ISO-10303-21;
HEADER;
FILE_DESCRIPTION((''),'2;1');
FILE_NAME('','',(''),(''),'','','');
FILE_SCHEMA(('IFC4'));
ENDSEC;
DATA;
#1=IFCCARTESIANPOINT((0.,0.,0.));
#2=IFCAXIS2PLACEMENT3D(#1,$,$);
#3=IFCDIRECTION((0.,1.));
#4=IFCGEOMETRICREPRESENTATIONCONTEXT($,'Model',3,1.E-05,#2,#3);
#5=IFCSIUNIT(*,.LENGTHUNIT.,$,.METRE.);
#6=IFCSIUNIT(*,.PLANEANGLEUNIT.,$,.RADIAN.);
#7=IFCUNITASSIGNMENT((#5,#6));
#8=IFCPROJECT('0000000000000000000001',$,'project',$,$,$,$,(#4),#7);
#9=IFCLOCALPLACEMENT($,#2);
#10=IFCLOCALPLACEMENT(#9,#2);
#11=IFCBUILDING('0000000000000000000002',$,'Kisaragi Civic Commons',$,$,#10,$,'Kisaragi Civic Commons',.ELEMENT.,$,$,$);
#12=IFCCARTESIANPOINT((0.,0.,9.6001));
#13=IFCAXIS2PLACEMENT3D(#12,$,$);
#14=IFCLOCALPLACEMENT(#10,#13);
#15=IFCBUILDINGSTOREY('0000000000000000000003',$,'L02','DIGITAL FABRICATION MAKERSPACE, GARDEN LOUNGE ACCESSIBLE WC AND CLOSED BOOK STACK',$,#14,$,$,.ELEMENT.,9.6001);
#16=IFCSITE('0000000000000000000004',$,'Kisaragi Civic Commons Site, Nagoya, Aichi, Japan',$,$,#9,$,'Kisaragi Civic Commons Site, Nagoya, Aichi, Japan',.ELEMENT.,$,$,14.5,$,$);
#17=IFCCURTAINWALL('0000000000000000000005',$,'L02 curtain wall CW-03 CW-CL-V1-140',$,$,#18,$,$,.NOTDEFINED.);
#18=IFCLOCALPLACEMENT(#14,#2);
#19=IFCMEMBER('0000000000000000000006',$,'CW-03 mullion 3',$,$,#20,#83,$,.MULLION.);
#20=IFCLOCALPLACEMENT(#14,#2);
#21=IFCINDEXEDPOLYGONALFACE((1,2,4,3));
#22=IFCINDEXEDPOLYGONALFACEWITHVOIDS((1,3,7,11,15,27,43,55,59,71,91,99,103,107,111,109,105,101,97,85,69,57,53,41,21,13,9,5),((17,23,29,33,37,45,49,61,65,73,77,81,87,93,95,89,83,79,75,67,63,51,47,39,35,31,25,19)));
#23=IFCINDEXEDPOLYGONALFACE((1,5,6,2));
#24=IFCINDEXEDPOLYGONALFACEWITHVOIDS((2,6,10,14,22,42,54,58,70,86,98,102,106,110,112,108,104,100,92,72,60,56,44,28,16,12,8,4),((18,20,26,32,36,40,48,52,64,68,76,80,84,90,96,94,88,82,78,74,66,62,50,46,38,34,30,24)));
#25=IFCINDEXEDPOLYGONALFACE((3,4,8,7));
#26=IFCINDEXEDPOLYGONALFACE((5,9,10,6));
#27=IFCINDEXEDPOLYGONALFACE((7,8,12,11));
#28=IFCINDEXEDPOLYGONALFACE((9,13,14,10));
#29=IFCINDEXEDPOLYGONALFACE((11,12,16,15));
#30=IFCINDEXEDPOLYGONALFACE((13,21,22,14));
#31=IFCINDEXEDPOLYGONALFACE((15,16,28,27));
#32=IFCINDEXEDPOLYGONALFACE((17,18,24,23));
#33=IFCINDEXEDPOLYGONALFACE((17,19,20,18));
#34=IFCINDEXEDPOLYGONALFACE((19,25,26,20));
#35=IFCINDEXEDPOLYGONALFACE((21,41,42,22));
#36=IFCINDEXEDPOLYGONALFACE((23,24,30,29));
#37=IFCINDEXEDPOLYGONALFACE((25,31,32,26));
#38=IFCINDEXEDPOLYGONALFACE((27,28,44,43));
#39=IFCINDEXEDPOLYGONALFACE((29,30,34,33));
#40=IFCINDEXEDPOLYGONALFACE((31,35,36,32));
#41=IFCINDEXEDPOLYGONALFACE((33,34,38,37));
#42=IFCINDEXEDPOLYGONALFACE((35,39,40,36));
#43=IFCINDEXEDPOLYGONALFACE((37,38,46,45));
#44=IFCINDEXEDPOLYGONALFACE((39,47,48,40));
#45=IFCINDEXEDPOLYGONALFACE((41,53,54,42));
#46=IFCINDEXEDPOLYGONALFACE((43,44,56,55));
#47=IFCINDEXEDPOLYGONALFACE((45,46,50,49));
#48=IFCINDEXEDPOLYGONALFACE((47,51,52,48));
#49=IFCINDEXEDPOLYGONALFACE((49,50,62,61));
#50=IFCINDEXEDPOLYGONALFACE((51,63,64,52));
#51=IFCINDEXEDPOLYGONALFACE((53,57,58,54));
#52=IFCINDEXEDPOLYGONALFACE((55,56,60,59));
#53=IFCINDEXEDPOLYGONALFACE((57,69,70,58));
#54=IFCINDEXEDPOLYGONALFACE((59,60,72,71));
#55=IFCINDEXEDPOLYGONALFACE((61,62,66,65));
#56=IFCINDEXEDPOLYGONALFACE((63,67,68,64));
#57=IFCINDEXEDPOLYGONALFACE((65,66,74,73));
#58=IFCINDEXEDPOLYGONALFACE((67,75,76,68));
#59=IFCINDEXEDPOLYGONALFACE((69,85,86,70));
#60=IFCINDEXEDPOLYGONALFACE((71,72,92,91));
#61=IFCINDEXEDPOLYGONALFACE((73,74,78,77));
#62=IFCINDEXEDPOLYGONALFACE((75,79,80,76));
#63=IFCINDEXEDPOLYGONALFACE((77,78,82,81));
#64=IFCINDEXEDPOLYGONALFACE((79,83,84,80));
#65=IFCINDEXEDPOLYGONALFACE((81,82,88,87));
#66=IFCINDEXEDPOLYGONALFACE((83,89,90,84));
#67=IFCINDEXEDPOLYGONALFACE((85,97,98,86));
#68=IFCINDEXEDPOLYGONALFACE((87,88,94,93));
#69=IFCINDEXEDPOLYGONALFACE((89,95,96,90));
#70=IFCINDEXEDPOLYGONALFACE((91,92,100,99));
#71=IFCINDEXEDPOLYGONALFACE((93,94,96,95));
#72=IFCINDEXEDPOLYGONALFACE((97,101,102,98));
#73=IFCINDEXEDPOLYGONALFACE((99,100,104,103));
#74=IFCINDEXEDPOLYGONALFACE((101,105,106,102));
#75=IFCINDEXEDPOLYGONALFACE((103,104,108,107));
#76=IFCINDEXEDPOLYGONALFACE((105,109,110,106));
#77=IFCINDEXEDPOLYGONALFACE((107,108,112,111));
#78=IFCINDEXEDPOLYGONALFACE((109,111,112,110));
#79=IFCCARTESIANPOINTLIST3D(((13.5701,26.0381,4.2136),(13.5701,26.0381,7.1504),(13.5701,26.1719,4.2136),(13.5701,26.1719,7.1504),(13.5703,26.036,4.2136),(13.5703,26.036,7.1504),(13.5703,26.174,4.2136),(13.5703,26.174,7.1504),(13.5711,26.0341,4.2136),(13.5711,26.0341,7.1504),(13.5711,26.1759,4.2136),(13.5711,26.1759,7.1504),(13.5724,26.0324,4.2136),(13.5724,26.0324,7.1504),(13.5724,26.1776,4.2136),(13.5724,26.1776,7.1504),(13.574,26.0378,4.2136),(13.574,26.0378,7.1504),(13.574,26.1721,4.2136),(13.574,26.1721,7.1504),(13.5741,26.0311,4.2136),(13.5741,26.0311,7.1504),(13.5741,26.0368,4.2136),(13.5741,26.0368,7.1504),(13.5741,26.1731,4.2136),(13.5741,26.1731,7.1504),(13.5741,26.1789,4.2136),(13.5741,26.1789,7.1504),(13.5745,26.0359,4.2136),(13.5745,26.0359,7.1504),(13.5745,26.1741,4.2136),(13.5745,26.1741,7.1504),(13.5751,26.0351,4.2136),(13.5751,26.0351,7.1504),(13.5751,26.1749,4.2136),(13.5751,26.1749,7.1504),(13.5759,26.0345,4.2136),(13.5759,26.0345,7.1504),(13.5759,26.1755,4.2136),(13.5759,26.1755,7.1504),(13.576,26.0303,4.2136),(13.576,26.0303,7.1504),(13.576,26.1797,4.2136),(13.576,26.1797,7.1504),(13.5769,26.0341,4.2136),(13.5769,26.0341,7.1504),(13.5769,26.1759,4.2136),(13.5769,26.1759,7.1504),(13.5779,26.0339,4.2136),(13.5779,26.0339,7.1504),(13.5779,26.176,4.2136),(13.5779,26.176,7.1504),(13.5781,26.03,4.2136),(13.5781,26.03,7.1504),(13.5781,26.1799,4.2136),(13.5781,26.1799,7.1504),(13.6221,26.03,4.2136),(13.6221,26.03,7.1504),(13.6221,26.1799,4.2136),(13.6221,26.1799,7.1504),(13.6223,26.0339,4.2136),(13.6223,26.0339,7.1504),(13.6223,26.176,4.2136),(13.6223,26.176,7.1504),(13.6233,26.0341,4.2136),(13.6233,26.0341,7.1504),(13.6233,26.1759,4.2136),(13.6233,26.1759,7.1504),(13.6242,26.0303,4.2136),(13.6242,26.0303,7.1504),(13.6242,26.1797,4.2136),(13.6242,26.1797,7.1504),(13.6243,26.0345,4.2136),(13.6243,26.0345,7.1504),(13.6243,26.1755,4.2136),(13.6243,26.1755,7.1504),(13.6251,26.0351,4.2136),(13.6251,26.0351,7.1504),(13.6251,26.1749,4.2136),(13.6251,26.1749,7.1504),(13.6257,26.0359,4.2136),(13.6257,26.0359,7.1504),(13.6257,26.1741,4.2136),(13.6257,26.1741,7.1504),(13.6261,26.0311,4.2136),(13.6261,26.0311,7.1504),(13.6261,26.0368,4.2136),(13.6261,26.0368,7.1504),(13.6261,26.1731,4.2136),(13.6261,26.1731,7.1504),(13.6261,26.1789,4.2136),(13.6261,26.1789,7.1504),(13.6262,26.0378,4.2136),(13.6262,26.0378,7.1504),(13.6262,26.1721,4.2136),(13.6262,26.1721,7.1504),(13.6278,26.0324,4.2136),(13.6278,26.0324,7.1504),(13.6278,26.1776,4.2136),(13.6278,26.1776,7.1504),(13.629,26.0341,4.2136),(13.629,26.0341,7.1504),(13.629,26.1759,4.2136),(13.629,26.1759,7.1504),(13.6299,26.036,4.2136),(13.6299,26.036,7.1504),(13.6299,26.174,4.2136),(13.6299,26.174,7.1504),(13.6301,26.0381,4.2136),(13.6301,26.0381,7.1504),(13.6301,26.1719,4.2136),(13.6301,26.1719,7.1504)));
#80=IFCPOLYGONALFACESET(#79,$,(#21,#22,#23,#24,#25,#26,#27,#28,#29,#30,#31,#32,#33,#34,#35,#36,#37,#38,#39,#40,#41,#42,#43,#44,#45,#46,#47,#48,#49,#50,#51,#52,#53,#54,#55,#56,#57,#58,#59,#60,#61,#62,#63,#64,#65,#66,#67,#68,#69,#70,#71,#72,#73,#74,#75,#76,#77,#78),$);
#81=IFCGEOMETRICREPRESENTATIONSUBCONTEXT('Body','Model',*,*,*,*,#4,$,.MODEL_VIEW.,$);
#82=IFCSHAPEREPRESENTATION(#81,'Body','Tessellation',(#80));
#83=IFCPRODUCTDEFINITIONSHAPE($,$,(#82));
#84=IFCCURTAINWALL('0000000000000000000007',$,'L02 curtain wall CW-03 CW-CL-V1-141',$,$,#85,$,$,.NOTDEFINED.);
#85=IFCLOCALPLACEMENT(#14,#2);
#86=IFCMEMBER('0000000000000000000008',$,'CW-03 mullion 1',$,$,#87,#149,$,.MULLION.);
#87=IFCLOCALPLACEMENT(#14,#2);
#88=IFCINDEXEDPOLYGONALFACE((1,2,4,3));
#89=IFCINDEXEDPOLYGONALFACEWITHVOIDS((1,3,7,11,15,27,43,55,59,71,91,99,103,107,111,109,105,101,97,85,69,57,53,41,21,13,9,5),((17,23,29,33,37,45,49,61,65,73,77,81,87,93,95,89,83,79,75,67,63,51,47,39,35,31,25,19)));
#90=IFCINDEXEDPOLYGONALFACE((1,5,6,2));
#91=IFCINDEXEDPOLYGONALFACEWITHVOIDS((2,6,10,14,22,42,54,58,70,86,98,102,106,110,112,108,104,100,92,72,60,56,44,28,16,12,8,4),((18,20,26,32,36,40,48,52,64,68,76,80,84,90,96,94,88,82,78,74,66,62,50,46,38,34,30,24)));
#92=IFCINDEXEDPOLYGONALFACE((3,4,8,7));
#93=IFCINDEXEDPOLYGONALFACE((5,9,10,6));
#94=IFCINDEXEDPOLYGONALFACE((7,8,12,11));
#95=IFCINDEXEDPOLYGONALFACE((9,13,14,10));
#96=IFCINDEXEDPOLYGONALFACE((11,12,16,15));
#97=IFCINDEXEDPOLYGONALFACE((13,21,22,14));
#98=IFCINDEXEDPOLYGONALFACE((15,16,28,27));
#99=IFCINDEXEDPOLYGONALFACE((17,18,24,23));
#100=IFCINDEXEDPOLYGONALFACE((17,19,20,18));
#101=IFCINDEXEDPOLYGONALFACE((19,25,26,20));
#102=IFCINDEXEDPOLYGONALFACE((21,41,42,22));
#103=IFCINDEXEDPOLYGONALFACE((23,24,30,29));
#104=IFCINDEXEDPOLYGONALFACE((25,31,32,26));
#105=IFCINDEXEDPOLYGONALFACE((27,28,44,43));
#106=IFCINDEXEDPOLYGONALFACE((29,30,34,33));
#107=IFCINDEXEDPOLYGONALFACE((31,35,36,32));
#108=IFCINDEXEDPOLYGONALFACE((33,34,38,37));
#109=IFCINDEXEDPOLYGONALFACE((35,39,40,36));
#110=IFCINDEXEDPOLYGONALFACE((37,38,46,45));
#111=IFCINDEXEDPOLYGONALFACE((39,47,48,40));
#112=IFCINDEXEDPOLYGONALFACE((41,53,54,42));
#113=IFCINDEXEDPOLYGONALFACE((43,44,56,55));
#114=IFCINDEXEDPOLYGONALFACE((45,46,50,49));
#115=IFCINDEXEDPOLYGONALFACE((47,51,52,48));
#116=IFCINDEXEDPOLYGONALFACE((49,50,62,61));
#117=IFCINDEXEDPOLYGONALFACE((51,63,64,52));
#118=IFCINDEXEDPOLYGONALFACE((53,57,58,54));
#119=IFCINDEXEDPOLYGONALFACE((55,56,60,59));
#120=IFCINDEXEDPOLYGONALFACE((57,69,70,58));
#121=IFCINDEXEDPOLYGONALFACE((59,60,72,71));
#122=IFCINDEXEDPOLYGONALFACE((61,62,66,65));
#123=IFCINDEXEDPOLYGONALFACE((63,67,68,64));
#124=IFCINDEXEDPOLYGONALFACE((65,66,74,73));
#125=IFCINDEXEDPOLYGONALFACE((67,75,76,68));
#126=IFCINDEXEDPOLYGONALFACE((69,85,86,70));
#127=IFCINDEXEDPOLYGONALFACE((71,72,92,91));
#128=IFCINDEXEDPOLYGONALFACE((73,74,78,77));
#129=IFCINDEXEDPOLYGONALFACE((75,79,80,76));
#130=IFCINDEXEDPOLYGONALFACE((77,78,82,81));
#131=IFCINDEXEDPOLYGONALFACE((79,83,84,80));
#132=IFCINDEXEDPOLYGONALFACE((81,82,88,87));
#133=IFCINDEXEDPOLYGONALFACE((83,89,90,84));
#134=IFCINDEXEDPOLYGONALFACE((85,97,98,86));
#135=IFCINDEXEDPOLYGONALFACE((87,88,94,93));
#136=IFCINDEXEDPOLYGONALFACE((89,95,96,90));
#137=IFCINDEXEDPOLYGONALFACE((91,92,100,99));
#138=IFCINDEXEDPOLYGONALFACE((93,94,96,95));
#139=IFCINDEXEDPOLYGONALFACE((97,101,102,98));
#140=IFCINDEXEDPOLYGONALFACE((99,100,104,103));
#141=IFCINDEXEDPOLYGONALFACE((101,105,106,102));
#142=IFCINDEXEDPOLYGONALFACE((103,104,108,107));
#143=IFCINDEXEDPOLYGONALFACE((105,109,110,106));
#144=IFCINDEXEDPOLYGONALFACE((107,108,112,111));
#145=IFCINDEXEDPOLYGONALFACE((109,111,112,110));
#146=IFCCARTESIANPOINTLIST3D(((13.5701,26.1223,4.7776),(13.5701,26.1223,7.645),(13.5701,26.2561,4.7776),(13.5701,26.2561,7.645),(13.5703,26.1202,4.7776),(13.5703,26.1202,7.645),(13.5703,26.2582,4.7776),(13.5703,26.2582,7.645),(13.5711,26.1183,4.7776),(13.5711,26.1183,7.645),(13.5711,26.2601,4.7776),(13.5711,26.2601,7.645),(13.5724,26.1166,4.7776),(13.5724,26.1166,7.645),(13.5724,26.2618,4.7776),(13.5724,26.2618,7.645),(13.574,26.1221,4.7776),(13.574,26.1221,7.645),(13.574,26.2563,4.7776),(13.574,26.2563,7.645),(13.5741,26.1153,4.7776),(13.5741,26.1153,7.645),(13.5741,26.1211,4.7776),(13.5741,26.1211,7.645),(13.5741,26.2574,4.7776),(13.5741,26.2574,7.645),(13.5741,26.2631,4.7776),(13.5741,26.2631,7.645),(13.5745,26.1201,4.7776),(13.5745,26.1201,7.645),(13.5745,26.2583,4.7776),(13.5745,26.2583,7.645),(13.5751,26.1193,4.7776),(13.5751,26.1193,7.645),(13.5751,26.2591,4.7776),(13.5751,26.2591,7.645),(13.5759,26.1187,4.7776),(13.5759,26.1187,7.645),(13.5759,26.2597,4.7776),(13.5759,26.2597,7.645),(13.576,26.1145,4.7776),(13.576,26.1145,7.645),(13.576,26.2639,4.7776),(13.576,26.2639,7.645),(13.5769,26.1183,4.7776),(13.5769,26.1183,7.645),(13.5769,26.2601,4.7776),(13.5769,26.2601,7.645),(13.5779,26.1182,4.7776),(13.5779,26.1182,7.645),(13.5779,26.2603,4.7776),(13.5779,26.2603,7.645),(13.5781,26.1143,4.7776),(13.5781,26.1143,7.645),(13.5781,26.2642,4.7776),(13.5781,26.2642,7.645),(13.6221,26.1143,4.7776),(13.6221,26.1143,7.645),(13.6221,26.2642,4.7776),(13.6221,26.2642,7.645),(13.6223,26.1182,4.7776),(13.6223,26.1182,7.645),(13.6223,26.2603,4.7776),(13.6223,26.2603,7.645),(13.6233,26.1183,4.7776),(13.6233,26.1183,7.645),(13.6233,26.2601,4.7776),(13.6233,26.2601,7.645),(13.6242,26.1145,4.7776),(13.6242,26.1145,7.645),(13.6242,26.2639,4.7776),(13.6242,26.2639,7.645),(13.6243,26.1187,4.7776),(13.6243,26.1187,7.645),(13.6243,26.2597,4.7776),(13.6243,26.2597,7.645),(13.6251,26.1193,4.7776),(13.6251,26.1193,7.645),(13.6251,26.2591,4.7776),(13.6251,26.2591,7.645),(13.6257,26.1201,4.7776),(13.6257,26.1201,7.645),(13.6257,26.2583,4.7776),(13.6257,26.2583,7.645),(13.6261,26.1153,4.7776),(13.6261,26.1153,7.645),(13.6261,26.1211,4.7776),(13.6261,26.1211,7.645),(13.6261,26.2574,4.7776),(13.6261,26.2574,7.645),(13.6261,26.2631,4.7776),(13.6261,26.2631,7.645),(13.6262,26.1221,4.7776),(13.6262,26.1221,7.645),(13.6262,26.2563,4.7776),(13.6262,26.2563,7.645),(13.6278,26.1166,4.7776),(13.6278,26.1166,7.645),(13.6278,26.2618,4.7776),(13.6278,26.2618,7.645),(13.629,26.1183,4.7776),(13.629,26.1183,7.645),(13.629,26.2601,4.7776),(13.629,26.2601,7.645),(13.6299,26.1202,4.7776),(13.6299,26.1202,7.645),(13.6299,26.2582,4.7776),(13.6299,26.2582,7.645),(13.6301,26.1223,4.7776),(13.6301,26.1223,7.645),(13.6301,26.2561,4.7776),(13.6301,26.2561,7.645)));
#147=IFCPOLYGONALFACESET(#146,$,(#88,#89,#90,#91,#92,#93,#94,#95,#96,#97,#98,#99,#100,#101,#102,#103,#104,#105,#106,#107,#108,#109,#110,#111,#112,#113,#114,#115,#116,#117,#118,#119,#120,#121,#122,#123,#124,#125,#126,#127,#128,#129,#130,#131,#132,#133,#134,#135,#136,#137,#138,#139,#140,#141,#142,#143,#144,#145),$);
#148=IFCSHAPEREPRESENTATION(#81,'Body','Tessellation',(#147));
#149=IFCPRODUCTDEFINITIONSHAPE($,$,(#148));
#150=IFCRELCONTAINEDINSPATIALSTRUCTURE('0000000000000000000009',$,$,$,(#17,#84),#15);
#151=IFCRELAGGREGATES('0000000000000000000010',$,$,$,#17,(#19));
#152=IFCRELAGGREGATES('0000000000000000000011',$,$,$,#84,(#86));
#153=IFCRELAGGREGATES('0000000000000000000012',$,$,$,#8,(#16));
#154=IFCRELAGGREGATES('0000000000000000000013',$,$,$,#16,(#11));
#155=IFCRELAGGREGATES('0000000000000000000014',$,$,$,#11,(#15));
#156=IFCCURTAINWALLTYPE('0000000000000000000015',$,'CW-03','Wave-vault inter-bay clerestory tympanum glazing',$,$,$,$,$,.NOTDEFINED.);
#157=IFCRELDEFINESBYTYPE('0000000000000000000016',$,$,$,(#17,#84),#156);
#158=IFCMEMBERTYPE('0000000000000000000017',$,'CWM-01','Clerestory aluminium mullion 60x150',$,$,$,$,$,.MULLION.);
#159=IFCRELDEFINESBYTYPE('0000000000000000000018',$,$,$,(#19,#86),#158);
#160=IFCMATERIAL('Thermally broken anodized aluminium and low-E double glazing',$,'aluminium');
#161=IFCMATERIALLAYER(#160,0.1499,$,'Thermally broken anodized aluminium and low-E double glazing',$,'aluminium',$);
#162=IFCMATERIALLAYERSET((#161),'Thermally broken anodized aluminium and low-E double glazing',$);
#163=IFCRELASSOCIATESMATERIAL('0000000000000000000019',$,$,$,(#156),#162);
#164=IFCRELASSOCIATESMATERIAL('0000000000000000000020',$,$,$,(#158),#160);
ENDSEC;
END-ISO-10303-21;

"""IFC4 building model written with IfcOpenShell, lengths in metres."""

from ifc_helpers import new_model, si_unit, direction, frame, origin, origin_2d, place, context, subcontext, project, spatial, hollow_rectangle, extrude, material, layer, layer_set, material_profile, profile_set, type_object, element, aggregate, save


model = new_model("IFC4")

# Units and contexts
model_context = context("Model", 3, precision=1e-05, world=origin(), true_north=direction((0.0, 1.0)))
body_context = subcontext(model_context, "Body", "Model", "MODEL_VIEW")
ifc_project = project(units=[si_unit("LENGTHUNIT", "METRE"), si_unit("PLANEANGLEUNIT", "RADIAN")], contexts=[model_context])

# Site, building, storey
site_placement = place(None, origin())
site = spatial("IfcSite", under=ifc_project, at=site_placement, Name="Kisaragi Civic Commons Site, Nagoya, Aichi, Japan", LongName="Kisaragi Civic Commons Site, Nagoya, Aichi, Japan", CompositionType="ELEMENT", RefElevation=14.5)
building_placement = place(site_placement, origin())
building = spatial("IfcBuilding", under=site, at=building_placement, Name="Kisaragi Civic Commons", LongName="Kisaragi Civic Commons", CompositionType="ELEMENT")
storey_placement = place(building_placement, frame((0.0, 0.0, 9.6001)))
storey = spatial("IfcBuildingStorey", under=building, at=storey_placement, Name="L02", Description="DIGITAL FABRICATION MAKERSPACE, GARDEN LOUNGE ACCESSIBLE WC AND CLOSED BOOK STACK", CompositionType="ELEMENT", Elevation=9.6001)

# Curtain wall, member
ifc_material_1 = material(Name="Thermally broken anodized aluminium and low-E double glazing", Category="aluminium")
ifc_layer_1 = layer(ifc_material_1, 0.1499, Name="Thermally broken anodized aluminium and low-E double glazing", Category="aluminium")
ifc_layer_set_1 = layer_set([ifc_layer_1], Name="Thermally broken anodized aluminium and low-E double glazing")
curtain_wall_type = type_object("IfcCurtainWallType", Name="CW-03", Description="Wave-vault inter-bay clerestory tympanum glazing", PredefinedType="NOTDEFINED", material=ifc_layer_set_1)
curtain_wall_1_placement = place(storey_placement, origin())
curtain_wall_1 = element("IfcCurtainWall", 1, at=curtain_wall_1_placement, inside=storey, type_object=curtain_wall_type, Name="L02 curtain wall CW-03 CW-CL-V1-140", PredefinedType="NOTDEFINED")
ifc_material_profile_1 = material_profile(ifc_material_1, hollow_rectangle(XDim=0.0601, YDim=0.1499, WallThickness=0.0039, InnerFilletRadius=0.0039, OuterFilletRadius=0.0081, at=origin_2d()), Name="CWM-60x150x4", Category="aluminium")
ifc_profile_set_1 = profile_set([ifc_material_profile_1], Name="Thermally broken anodized aluminium and low-E double glazing")
member_type_1 = type_object("IfcMemberType", Name="CWM-01", Description="Clerestory aluminium mullion 60x150", PredefinedType="MULLION", material=ifc_profile_set_1)
member_1_placement = place(storey_placement, frame((13.6001, 26.105, 4.2136), z_axis=(0.0, 0.0, 1.0), x_axis=(-1.0, 0.0, 0.0)))
member_1 = element("IfcMember", 2, at=member_1_placement, type_object=member_type_1, Name="CW-03 mullion 3", PredefinedType="MULLION", context=body_context, shape_type="SweptSolid", body=[
    extrude(hollow_rectangle(XDim=0.0601, YDim=0.1499, WallThickness=0.0039, InnerFilletRadius=0.0039, OuterFilletRadius=0.0081, at=origin_2d()), origin(), (0.0, 0.0, 1.0), 2.9368),
])

# Curtain wall, member
curtain_wall_2_placement = place(storey_placement, origin())
curtain_wall_2 = element("IfcCurtainWall", 3, at=curtain_wall_2_placement, inside=storey, type_object=curtain_wall_type, Name="L02 curtain wall CW-03 CW-CL-V1-141", PredefinedType="NOTDEFINED")
member_2_placement = place(storey_placement, frame((13.6001, 26.1892, 4.7776), z_axis=(0.0, 0.0, 1.0), x_axis=(-1.0, 0.0, 0.0)))
member_2 = element("IfcMember", 4, at=member_2_placement, type_object=member_type_1, Name="CW-03 mullion 1", PredefinedType="MULLION", context=body_context, shape_type="SweptSolid", body=[
    extrude(hollow_rectangle(XDim=0.0601, YDim=0.1499, WallThickness=0.0039, InnerFilletRadius=0.0039, OuterFilletRadius=0.0081, at=origin_2d()), origin(), (0.0, 0.0, 1.0), 2.8674),
])

aggregate(curtain_wall_1, [member_1])
aggregate(curtain_wall_2, [member_2])

save(model, "model.ifc")
